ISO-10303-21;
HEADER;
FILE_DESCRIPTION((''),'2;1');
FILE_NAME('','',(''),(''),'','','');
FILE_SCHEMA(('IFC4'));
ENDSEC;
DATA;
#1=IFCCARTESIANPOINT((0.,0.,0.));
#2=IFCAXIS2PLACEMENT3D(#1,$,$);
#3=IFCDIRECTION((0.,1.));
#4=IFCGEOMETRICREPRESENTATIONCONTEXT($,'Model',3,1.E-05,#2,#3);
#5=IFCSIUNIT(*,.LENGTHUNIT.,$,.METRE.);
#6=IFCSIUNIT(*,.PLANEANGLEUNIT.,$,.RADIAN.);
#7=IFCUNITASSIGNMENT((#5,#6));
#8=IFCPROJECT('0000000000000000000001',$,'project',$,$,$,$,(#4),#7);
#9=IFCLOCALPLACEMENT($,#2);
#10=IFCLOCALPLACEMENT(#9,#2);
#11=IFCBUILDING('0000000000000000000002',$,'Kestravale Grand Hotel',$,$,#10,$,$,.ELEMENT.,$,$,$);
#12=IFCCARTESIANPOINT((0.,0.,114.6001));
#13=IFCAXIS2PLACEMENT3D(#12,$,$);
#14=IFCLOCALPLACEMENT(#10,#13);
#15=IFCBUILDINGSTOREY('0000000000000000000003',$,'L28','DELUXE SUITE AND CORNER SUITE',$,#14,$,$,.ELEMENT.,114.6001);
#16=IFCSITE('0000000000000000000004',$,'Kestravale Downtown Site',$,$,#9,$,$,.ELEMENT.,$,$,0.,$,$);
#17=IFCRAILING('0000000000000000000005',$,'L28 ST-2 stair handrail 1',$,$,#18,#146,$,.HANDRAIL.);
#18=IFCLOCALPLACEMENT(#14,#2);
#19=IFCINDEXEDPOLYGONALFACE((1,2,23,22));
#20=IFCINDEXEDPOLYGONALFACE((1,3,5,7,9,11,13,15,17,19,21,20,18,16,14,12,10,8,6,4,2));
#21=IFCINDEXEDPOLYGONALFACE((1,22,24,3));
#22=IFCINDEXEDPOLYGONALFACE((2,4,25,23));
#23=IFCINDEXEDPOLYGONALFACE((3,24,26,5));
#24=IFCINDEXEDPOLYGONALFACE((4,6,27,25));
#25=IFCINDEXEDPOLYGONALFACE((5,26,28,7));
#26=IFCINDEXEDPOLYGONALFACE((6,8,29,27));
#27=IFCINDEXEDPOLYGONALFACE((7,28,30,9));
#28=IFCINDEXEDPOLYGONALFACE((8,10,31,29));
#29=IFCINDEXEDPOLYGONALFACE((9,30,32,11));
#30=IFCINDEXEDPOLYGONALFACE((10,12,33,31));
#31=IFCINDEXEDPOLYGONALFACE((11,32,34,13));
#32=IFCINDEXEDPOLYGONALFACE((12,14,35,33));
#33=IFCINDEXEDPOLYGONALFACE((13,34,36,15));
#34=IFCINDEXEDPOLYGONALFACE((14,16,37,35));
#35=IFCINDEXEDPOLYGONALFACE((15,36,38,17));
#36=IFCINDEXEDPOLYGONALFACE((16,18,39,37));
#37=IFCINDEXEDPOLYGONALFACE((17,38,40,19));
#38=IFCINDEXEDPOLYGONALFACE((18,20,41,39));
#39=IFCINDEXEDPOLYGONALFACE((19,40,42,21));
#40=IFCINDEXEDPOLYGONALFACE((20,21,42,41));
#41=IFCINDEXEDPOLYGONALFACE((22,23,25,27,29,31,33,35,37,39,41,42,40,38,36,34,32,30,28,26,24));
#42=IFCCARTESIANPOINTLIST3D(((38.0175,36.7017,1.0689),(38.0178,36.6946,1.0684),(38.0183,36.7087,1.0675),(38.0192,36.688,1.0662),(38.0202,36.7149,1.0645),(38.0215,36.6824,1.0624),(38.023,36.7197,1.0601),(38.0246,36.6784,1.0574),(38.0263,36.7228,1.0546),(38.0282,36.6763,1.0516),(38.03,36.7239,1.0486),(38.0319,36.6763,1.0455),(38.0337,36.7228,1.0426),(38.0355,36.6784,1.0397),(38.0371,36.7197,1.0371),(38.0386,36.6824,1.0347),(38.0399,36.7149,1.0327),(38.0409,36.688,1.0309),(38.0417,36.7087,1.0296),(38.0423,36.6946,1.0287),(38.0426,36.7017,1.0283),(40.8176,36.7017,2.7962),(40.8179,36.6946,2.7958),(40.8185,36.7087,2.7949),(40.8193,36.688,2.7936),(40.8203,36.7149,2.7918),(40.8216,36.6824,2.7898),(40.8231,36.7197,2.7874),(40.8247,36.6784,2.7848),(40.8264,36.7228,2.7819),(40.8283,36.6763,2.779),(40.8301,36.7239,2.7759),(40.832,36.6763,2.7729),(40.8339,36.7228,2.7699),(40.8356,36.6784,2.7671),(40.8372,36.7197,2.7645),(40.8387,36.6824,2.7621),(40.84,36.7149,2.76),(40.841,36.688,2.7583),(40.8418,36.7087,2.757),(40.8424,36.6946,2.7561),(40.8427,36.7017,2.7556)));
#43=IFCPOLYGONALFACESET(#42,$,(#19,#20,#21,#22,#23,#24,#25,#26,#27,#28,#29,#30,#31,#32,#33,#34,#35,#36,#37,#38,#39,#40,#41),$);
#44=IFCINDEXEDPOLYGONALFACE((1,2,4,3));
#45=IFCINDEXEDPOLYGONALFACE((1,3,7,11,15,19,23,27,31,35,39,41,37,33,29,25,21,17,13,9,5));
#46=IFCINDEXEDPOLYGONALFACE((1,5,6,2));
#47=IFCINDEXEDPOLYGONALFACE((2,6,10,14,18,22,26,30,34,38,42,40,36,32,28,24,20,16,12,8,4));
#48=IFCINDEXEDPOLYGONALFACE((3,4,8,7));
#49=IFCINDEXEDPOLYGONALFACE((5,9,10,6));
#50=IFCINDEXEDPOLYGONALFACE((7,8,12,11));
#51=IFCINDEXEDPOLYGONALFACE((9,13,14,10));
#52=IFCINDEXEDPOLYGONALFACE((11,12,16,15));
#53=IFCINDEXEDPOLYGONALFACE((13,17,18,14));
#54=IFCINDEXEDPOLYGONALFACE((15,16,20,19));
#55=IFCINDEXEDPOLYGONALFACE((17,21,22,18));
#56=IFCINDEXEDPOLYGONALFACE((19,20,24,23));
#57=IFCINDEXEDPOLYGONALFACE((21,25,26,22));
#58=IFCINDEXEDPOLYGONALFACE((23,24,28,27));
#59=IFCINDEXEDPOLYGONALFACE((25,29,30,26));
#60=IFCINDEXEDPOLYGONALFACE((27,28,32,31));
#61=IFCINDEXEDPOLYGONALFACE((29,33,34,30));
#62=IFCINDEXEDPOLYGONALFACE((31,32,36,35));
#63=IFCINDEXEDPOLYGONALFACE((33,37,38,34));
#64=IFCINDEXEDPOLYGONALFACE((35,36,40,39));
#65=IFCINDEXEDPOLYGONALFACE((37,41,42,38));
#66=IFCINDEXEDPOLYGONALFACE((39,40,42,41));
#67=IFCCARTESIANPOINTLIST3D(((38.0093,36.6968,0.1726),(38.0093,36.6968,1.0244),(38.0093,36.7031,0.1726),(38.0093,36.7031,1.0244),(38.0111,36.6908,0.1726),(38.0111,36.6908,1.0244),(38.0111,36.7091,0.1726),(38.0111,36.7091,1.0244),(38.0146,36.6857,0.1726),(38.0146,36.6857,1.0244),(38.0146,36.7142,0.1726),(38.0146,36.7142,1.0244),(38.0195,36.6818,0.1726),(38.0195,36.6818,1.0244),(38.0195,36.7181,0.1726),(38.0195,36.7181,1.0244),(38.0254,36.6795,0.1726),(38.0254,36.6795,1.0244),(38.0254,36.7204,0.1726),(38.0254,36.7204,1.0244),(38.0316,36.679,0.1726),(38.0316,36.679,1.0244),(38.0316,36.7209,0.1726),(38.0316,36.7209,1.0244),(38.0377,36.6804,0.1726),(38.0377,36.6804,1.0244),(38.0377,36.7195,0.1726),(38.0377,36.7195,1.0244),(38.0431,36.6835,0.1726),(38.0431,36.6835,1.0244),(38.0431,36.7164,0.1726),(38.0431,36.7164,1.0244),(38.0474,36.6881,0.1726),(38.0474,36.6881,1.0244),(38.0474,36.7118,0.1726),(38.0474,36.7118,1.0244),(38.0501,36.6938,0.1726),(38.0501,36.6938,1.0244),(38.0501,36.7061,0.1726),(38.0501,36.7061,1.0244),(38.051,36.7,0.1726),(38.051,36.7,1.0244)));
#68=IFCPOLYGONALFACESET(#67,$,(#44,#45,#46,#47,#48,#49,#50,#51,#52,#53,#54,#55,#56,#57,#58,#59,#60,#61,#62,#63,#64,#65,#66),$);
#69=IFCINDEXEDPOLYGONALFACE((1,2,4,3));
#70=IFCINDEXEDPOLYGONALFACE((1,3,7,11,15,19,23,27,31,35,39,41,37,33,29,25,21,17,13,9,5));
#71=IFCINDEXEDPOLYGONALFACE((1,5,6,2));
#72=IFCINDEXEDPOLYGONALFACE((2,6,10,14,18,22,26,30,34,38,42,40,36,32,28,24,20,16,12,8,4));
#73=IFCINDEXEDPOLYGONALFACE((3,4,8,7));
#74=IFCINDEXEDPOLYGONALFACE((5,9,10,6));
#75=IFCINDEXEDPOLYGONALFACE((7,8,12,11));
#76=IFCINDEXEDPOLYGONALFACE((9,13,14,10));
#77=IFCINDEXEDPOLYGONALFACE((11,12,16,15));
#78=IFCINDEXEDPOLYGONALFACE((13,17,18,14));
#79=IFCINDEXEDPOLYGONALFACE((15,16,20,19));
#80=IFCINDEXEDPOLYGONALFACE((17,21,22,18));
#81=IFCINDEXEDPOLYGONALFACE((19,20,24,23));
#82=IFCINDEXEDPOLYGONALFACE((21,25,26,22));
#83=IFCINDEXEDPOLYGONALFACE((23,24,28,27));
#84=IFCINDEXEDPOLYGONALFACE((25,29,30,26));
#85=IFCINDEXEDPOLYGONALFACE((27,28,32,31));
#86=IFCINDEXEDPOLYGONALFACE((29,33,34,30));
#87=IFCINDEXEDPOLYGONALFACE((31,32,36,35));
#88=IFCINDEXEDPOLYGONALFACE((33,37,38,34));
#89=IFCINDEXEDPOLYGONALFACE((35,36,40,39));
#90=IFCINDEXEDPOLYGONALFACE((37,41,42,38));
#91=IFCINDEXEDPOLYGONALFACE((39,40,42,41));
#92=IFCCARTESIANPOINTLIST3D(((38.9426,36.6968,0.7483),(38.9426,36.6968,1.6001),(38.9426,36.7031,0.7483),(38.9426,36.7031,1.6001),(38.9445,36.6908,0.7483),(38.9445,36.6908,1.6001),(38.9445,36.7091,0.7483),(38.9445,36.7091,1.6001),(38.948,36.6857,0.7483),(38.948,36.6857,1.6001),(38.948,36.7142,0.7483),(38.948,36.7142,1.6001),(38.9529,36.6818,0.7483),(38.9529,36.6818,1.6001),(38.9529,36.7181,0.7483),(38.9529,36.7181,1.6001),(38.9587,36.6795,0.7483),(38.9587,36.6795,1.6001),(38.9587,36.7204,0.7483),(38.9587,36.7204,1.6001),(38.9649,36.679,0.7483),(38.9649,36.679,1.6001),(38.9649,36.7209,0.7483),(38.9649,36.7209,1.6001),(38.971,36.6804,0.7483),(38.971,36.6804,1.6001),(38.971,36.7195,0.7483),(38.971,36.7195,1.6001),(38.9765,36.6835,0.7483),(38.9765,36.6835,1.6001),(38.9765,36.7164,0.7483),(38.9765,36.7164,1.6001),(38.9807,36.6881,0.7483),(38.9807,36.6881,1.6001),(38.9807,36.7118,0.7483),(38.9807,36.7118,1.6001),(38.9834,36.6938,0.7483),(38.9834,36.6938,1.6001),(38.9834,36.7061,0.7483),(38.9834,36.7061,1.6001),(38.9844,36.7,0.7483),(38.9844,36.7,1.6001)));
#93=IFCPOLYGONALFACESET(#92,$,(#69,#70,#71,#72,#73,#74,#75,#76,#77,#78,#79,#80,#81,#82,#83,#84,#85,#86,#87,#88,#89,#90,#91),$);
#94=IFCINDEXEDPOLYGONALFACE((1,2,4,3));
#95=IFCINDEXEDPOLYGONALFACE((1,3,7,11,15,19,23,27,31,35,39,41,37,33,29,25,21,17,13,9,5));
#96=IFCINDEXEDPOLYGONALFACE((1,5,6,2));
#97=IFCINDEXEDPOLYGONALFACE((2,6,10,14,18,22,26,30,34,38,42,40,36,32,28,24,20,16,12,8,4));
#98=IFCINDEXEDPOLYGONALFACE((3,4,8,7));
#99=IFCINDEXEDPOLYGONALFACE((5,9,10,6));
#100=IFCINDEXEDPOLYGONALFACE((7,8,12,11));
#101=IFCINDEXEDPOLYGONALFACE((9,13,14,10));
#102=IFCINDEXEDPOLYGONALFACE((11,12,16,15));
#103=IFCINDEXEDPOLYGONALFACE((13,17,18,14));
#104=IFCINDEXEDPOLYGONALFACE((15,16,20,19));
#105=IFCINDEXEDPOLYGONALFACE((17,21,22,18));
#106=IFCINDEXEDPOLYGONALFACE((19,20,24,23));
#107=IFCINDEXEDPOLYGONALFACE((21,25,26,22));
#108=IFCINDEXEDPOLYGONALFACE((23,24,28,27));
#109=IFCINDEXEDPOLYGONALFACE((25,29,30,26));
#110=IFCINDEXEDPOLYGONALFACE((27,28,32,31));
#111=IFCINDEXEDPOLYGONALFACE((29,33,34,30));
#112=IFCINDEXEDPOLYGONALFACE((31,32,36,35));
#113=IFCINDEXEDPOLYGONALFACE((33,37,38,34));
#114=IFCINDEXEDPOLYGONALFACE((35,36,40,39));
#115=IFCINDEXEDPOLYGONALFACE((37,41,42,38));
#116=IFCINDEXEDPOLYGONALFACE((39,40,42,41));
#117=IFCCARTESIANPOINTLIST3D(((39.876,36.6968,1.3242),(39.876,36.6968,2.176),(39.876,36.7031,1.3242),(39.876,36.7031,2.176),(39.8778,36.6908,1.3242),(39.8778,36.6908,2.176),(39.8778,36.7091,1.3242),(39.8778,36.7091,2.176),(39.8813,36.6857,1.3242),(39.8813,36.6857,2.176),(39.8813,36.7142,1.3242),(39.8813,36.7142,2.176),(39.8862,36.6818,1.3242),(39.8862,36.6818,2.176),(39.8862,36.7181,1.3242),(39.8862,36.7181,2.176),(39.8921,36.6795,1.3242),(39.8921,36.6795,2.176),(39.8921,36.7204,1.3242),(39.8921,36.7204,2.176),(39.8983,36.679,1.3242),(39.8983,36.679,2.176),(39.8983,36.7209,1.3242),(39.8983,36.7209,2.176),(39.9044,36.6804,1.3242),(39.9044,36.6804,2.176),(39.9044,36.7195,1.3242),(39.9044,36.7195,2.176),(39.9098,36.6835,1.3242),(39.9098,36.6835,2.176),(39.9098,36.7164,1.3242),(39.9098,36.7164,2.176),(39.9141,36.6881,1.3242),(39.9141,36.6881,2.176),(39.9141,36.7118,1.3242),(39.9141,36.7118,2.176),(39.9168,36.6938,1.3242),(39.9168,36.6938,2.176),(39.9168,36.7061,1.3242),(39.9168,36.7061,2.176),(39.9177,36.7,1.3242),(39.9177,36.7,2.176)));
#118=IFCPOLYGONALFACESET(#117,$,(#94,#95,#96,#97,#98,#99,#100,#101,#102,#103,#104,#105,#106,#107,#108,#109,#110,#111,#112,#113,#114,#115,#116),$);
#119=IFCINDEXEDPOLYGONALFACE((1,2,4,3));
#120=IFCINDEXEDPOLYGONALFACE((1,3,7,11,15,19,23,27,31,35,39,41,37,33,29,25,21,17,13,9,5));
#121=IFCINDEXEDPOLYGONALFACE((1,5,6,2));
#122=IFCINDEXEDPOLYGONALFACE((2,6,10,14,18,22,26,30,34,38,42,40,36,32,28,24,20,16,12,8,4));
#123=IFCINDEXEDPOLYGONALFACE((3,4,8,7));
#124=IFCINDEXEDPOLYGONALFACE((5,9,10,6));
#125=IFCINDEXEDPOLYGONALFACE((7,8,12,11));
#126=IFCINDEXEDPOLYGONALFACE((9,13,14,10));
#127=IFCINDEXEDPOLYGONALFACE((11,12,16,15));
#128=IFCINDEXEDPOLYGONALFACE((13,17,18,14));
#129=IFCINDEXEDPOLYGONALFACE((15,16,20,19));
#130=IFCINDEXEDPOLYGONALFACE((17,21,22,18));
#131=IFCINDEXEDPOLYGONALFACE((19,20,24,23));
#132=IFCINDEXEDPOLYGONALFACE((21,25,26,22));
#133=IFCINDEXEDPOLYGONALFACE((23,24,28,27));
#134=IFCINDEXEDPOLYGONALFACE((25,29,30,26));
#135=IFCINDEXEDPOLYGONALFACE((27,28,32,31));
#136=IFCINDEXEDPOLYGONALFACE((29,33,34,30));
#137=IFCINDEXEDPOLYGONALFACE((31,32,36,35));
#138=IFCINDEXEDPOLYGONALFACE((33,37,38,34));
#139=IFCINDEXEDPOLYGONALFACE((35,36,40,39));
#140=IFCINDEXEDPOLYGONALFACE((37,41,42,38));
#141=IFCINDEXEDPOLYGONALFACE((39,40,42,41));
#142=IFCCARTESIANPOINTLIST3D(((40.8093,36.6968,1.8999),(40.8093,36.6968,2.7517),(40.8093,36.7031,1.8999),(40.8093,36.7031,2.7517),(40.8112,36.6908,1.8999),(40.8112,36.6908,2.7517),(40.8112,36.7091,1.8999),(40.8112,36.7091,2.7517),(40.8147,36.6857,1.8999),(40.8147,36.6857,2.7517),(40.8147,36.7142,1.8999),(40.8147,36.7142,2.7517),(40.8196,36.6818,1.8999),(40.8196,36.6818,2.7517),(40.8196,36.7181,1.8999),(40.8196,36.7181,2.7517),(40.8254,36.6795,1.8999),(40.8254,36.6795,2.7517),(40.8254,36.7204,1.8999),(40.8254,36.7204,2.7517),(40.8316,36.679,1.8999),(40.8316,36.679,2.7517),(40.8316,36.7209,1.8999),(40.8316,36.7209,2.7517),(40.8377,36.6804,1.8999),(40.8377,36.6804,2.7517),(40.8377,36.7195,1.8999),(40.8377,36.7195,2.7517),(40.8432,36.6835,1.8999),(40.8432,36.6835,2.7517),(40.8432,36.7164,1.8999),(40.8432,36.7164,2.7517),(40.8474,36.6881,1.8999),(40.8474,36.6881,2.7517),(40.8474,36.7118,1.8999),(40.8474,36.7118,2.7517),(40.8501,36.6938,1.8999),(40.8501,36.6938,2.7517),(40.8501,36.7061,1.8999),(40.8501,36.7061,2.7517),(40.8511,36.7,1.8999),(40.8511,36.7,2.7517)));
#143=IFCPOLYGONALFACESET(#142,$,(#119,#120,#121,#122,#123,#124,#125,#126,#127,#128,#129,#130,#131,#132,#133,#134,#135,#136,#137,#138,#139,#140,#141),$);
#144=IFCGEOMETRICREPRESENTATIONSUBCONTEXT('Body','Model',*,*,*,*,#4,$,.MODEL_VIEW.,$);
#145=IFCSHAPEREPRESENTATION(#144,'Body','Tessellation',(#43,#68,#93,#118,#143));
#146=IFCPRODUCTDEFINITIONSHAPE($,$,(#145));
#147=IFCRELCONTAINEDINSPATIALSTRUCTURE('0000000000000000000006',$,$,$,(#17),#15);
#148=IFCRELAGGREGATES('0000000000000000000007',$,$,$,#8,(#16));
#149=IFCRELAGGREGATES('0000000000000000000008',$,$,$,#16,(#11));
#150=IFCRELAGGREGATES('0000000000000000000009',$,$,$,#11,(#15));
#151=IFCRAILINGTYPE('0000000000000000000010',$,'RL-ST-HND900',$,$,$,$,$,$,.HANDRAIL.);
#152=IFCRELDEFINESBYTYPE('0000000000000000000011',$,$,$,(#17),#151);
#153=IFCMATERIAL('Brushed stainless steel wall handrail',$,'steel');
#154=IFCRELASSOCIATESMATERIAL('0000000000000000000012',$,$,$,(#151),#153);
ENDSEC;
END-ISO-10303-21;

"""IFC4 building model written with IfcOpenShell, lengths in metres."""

from ifc_helpers import new_model, si_unit, direction, frame, origin, origin_2d, place, context, subcontext, project, spatial, circle, extrude, material, type_object, element, save


model = new_model("IFC4")

# Units and contexts
model_context = context("Model", 3, precision=1e-05, world=origin(), true_north=direction((0.0, 1.0)))
body_context = subcontext(model_context, "Body", "Model", "MODEL_VIEW")
ifc_project = project(units=[si_unit("LENGTHUNIT", "METRE"), si_unit("PLANEANGLEUNIT", "RADIAN")], contexts=[model_context])

# Site, building, storey
site_placement = place(None, origin())
site = spatial("IfcSite", under=ifc_project, at=site_placement, Name="Kestravale Downtown Site", CompositionType="ELEMENT", RefElevation=0.0)
building_placement = place(site_placement, origin())
building = spatial("IfcBuilding", under=site, at=building_placement, Name="Kestravale Grand Hotel", CompositionType="ELEMENT")
storey_placement = place(building_placement, frame((0.0, 0.0, 114.6001)))
storey = spatial("IfcBuildingStorey", under=building, at=storey_placement, Name="L28", Description="DELUXE SUITE AND CORNER SUITE", CompositionType="ELEMENT", Elevation=114.6001)

# Railing
ifc_material_1 = material(Name="Brushed stainless steel wall handrail", Category="steel")
railing_type_1 = type_object("IfcRailingType", Name="RL-ST-HND900", PredefinedType="HANDRAIL", material=ifc_material_1)
railing_1_placement = place(storey_placement, frame((38.03, 36.7, 0.1726)))
element("IfcRailing", 1, at=railing_1_placement, inside=storey, type_object=railing_type_1, Name="L28 ST-2 stair handrail 1", PredefinedType="HANDRAIL", context=body_context, shape_type="SweptSolid", body=[
    extrude(circle(Radius=0.0239, at=origin_2d()), frame((0.0, 0.0, 0.876), z_axis=(0.85109, 0.0, 0.52502), x_axis=(0.0, 1.0, 0.0)), (0.0, 0.0, 1.0), 3.29),
    extrude(circle(Radius=0.021, at=origin_2d()), origin(), (0.0, 0.0, 1.0), 0.8518),
    extrude(circle(Radius=0.021, at=origin_2d()), frame((0.9333, 0.0, 0.5757)), (0.0, 0.0, 1.0), 0.8518),
    extrude(circle(Radius=0.021, at=origin_2d()), frame((1.8667, 0.0, 1.1516)), (0.0, 0.0, 1.0), 0.8518),
    extrude(circle(Radius=0.021, at=origin_2d()), frame((2.8, 0.0, 1.7273)), (0.0, 0.0, 1.0), 0.8518),
])

save(model, "model.ifc")
